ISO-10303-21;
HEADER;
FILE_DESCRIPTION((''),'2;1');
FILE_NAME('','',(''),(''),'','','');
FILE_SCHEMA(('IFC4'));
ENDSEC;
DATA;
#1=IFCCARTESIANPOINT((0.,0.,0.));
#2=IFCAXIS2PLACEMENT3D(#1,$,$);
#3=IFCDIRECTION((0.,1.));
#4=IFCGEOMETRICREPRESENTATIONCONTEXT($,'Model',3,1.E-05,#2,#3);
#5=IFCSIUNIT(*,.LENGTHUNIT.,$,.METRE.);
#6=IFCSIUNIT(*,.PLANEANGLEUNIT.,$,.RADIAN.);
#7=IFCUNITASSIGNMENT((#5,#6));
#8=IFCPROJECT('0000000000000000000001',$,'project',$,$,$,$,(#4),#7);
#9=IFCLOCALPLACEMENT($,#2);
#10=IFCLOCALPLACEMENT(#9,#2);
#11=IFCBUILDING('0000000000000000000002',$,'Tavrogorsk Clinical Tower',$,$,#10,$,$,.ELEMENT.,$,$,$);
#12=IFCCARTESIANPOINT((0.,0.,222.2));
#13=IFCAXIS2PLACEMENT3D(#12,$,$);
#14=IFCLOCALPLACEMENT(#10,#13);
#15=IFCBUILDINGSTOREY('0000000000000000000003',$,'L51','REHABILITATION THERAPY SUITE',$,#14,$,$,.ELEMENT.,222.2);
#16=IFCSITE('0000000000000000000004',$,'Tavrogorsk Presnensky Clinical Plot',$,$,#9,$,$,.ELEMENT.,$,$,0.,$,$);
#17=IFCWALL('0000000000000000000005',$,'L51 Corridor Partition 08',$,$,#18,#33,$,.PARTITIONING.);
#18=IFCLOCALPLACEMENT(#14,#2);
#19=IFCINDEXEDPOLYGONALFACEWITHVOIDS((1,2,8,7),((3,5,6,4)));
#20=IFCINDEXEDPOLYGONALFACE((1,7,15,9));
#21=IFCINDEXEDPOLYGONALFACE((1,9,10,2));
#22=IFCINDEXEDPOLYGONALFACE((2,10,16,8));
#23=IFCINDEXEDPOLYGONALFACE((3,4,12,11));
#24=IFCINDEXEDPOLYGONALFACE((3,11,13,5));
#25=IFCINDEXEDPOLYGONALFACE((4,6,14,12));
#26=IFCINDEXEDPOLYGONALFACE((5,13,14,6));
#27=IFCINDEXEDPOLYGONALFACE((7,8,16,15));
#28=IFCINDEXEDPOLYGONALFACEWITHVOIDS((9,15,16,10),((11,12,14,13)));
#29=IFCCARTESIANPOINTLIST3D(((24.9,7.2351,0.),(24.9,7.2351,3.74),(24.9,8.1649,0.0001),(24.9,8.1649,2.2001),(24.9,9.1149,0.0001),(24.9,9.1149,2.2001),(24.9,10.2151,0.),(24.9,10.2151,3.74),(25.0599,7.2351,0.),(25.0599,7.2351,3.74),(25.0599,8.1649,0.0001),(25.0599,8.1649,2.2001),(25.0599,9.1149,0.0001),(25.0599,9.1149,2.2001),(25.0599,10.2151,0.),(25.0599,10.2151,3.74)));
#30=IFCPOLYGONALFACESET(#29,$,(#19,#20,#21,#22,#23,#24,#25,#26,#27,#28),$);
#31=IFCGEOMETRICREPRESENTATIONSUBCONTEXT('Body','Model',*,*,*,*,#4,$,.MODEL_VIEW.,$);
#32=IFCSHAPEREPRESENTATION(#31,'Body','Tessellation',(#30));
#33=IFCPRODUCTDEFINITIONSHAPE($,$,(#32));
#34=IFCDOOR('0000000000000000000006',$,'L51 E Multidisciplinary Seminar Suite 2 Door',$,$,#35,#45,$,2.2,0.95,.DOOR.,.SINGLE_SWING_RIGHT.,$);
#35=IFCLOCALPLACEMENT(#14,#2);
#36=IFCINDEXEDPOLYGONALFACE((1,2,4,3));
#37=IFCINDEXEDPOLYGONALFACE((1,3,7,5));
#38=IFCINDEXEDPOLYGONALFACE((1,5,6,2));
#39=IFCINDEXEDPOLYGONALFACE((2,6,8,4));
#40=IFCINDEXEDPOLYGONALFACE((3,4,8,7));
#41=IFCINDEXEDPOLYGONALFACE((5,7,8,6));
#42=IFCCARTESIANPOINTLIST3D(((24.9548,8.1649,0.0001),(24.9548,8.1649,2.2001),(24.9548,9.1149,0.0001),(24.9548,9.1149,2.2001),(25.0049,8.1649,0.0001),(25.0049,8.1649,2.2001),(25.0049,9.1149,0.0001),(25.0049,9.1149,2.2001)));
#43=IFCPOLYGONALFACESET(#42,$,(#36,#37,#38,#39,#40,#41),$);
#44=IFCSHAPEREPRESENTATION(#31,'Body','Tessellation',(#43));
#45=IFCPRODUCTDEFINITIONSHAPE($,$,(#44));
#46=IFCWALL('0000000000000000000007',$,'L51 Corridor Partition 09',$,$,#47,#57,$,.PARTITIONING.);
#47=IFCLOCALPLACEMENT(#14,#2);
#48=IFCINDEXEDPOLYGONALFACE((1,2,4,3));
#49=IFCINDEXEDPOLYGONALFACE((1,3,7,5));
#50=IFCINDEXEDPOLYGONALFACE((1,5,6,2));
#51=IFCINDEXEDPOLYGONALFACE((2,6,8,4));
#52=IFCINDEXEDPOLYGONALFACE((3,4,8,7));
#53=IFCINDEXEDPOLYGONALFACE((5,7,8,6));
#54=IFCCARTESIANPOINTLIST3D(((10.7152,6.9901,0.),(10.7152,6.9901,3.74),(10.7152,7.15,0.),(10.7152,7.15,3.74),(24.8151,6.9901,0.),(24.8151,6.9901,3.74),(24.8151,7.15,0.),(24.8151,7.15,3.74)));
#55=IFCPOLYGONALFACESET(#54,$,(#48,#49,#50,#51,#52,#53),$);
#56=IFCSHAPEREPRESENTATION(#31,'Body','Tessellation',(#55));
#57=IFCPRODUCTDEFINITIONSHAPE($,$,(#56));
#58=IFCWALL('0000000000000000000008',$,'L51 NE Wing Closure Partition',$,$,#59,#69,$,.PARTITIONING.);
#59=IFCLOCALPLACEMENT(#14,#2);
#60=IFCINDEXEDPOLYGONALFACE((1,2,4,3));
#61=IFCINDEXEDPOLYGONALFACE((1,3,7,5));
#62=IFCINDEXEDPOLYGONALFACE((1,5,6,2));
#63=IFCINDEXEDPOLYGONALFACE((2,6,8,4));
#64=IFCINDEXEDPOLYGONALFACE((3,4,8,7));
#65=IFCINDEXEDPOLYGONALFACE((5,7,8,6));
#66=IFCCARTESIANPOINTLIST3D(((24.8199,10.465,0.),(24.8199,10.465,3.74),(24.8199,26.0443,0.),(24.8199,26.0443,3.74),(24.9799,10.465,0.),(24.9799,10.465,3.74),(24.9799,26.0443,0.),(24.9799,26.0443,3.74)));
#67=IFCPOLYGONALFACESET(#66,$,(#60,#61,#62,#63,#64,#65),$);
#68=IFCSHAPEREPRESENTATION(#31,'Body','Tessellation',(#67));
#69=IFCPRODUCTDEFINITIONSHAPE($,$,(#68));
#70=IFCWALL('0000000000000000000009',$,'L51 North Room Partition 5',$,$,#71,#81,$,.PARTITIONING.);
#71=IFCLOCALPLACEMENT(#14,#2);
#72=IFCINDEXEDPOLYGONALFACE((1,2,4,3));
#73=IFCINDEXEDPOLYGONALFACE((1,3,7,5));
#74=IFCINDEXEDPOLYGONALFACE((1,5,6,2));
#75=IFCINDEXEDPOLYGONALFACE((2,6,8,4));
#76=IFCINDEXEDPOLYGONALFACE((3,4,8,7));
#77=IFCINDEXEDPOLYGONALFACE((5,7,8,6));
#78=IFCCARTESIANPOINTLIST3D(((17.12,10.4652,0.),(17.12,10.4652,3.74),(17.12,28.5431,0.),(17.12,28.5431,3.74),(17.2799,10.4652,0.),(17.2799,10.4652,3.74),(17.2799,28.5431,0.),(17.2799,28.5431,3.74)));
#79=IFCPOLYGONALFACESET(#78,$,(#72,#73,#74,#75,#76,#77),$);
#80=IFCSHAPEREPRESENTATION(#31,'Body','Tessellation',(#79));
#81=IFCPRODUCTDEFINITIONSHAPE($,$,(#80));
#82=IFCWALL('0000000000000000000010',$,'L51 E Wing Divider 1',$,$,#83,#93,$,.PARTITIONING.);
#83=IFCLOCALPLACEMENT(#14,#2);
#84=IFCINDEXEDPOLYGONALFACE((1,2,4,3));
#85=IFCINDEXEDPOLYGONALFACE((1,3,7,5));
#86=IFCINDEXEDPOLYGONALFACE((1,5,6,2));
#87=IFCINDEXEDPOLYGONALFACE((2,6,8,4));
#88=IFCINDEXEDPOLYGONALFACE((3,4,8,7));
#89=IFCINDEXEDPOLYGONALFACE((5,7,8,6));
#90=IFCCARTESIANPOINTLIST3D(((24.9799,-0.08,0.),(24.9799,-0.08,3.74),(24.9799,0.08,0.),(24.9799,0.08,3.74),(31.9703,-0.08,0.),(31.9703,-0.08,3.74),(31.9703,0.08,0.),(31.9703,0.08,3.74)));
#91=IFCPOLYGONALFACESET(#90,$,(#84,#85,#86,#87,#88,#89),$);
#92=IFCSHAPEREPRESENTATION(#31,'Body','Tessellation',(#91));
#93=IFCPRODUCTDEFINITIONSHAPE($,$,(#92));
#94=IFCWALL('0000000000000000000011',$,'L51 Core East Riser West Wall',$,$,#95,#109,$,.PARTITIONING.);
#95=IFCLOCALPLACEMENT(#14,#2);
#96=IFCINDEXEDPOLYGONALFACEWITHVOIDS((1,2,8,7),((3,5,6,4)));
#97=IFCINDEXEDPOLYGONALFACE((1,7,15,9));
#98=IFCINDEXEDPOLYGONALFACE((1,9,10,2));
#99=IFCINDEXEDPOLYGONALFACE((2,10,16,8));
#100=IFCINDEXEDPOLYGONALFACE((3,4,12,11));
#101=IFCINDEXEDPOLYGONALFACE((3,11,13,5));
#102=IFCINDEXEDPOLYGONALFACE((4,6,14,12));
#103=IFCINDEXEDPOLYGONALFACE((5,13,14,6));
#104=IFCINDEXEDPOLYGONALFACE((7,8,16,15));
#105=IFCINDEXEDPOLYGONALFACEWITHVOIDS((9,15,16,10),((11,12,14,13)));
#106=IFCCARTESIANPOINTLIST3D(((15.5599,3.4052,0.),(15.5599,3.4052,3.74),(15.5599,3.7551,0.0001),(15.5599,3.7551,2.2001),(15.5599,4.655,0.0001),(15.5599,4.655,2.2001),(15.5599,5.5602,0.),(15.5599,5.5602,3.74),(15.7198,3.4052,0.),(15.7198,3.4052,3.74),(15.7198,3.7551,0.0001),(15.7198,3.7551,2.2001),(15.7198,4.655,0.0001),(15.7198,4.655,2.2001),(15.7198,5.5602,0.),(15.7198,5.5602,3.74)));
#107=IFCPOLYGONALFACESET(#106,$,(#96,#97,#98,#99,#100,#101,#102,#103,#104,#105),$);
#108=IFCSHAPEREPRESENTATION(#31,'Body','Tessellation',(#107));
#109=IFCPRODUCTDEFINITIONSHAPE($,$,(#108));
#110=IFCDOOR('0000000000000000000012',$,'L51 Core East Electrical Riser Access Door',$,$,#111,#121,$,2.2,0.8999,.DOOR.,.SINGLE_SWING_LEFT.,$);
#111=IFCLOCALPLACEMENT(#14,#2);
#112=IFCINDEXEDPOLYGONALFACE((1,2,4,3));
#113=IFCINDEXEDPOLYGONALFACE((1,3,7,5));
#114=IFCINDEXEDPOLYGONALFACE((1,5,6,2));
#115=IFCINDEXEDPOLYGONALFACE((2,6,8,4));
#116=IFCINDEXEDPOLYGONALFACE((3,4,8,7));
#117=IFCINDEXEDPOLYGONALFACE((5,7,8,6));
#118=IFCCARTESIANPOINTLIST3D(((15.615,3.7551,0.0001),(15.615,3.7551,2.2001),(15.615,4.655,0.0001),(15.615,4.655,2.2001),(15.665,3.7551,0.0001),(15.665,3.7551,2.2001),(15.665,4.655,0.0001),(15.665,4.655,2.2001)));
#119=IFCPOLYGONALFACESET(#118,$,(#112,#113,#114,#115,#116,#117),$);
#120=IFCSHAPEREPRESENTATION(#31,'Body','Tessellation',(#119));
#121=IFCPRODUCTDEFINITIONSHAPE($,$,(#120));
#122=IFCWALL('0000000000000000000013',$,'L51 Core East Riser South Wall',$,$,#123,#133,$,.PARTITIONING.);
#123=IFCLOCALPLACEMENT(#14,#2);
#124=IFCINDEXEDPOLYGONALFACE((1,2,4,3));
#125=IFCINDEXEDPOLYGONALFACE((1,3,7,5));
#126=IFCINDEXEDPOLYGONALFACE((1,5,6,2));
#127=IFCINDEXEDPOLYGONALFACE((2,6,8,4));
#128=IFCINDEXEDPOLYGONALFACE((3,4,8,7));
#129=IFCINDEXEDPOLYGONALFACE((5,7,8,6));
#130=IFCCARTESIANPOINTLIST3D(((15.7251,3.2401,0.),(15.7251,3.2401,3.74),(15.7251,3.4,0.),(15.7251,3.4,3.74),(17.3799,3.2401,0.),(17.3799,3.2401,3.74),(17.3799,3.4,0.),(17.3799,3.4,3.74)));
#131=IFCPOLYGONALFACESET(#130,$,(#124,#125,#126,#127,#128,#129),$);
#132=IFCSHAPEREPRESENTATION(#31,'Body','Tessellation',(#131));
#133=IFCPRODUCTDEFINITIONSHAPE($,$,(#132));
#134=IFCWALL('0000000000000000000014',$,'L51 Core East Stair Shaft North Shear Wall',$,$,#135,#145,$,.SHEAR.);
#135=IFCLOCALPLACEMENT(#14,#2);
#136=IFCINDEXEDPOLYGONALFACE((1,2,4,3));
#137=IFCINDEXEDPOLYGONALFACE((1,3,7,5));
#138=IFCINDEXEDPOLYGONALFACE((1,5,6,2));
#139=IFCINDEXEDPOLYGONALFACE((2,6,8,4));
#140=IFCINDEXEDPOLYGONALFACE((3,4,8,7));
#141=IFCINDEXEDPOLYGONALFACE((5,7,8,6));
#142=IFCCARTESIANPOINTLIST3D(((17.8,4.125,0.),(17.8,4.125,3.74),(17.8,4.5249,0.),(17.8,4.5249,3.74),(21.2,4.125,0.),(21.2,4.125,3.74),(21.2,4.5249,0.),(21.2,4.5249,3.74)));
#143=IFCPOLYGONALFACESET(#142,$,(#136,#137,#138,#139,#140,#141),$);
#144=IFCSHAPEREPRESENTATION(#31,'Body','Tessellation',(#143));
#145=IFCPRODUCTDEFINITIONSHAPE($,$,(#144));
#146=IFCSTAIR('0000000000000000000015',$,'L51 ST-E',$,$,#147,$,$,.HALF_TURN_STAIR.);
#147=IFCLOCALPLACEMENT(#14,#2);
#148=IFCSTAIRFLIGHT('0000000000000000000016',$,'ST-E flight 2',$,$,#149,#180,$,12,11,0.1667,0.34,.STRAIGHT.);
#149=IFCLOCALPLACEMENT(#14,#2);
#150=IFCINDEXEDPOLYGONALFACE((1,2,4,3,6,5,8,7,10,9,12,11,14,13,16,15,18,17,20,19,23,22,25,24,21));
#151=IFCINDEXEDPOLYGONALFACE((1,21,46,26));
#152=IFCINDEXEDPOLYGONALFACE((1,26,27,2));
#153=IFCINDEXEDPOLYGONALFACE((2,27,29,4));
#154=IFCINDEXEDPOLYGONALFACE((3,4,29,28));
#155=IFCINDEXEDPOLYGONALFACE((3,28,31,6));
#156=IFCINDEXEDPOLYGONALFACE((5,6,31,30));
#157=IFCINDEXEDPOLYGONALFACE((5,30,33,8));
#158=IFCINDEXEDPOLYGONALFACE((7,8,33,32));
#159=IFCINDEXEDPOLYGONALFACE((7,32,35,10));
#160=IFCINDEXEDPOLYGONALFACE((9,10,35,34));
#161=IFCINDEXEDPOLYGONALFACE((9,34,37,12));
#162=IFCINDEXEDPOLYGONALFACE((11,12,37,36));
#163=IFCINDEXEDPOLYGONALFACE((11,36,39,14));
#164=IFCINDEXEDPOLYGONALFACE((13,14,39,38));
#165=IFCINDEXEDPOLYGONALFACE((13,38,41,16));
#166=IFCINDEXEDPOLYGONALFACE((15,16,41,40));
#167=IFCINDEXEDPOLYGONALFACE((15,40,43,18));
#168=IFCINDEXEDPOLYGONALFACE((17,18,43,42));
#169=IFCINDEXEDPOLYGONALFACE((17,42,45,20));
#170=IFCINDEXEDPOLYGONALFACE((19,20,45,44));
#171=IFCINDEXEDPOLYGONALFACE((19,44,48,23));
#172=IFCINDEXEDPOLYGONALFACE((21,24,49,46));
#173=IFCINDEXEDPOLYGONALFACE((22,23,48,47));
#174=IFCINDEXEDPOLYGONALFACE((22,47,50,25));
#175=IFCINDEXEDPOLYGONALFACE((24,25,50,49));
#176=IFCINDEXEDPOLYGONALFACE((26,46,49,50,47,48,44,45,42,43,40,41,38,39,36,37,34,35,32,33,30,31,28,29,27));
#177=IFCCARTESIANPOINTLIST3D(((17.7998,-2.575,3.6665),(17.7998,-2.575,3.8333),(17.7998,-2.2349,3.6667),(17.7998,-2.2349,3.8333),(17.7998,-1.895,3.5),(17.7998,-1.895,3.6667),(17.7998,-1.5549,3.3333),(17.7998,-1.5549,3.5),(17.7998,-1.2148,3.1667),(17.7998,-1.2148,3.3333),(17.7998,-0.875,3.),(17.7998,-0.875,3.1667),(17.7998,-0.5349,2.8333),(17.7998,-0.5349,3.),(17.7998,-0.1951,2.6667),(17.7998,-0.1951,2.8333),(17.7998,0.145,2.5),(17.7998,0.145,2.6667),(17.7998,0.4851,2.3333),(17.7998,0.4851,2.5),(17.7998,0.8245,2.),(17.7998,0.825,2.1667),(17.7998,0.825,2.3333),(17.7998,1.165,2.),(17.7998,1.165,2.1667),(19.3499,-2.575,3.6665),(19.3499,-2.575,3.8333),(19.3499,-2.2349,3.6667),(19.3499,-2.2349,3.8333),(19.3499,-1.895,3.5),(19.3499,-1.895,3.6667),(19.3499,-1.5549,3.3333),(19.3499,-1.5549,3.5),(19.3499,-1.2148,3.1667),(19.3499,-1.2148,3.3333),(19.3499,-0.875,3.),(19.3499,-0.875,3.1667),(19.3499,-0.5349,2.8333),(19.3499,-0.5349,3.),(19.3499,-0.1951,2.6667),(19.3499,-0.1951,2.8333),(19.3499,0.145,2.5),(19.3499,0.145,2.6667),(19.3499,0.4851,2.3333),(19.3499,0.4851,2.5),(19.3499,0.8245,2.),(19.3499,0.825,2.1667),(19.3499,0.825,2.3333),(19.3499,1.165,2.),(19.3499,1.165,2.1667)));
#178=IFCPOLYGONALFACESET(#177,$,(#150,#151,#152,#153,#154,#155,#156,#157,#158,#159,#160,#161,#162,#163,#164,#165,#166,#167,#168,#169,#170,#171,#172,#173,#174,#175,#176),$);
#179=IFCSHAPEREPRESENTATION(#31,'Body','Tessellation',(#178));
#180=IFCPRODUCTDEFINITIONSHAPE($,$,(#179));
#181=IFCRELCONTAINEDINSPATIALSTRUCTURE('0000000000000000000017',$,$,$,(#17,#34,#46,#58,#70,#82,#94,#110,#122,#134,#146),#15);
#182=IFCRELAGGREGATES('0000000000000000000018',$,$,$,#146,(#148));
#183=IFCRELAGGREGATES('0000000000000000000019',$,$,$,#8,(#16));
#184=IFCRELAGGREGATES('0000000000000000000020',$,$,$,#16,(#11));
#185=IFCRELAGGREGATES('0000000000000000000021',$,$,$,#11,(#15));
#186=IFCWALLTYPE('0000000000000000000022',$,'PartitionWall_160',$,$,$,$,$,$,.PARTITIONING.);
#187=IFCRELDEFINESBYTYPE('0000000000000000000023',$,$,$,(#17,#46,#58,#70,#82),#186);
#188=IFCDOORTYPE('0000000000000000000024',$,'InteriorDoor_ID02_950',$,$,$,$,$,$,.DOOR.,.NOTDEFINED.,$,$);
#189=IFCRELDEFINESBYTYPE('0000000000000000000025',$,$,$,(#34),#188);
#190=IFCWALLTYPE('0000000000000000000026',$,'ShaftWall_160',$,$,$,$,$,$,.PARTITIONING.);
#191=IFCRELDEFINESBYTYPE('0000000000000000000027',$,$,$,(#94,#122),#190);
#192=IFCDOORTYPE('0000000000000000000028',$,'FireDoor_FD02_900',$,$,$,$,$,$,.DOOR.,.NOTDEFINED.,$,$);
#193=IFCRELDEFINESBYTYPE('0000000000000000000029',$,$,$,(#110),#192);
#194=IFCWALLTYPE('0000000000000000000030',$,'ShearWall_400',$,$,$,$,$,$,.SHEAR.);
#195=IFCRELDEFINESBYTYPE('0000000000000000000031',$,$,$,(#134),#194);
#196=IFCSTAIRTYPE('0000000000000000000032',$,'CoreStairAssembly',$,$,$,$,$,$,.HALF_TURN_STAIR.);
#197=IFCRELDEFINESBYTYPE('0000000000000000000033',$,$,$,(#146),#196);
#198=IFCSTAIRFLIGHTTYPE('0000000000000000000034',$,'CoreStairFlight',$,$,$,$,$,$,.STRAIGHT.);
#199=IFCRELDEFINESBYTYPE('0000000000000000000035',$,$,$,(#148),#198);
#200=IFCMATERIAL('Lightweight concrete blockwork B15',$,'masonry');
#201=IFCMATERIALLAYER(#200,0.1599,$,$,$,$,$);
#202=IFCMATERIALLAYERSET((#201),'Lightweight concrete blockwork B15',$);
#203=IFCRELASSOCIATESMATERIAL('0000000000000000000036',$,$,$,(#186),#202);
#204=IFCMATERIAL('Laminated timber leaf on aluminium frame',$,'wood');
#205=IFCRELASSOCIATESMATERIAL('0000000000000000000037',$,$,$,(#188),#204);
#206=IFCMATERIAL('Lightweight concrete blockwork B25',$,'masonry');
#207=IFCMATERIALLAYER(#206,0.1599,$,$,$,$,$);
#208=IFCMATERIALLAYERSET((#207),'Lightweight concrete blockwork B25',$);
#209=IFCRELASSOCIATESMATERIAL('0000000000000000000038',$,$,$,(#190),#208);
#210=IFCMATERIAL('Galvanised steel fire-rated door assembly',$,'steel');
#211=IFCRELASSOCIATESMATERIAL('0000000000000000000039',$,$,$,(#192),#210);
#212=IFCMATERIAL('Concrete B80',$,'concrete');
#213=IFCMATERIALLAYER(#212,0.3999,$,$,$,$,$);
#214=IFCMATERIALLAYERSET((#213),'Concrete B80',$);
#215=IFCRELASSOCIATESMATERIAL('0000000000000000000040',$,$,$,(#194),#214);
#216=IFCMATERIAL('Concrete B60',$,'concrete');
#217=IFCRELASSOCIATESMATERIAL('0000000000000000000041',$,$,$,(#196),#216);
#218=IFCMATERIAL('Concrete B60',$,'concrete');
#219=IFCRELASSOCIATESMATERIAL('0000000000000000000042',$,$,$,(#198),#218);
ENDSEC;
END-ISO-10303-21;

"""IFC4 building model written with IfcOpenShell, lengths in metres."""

from ifc_helpers import new_model, si_unit, direction, frame, frame_2d, origin, place, context, subcontext, project, spatial, polyline, rectangle, outline, extrude, material, layer, layer_set, type_object, element, fill, aggregate, save


model = new_model("IFC4")

# Units and contexts
model_context = context("Model", 3, precision=1e-05, world=origin(), true_north=direction((0.0, 1.0)))
body_context = subcontext(model_context, "Body", "Model", "MODEL_VIEW")
ifc_project = project(units=[si_unit("LENGTHUNIT", "METRE"), si_unit("PLANEANGLEUNIT", "RADIAN")], contexts=[model_context])

# Site, building, storey
site_placement = place(None, origin())
site = spatial("IfcSite", under=ifc_project, at=site_placement, Name="Tavrogorsk Presnensky Clinical Plot", CompositionType="ELEMENT", RefElevation=0.0)
building_placement = place(site_placement, origin())
building = spatial("IfcBuilding", under=site, at=building_placement, Name="Tavrogorsk Clinical Tower", CompositionType="ELEMENT")
storey_placement = place(building_placement, frame((0.0, 0.0, 222.2)))
storey = spatial("IfcBuildingStorey", under=building, at=storey_placement, Name="L51", Description="REHABILITATION THERAPY SUITE", CompositionType="ELEMENT", Elevation=222.2)

# Wall, opening, door
ifc_material_1 = material(Name="Lightweight concrete blockwork B15", Category="masonry")
ifc_layer_1 = layer(ifc_material_1, 0.1599)
ifc_layer_set_1 = layer_set([ifc_layer_1], Name="Lightweight concrete blockwork B15")
wall_type_1 = type_object("IfcWallType", Name="PartitionWall_160", PredefinedType="PARTITIONING", material=ifc_layer_set_1)
wall_1_placement = place(storey_placement, frame((24.98, 10.2151, 0.0), z_axis=(0.0, 0.0, 1.0), x_axis=(0.0, -1.0, 0.0)))
wall_1 = element("IfcWall", 1, at=wall_1_placement, inside=storey, type_object=wall_type_1, Name="L51 Corridor Partition 08", PredefinedType="PARTITIONING", context=body_context, shape_type="SweptSolid", body=[
    extrude(rectangle(XDim=2.98, YDim=0.1599, at=frame_2d((1.49, 0.0))), origin(), (0.0, 0.0, 1.0), 3.74),
])
opening_1_placement = place(wall_1_placement, frame((1.1001, 0.0, 0.0)))
opening_1 = element("IfcOpeningElement", 2, at=opening_1_placement, cuts=wall_1, PredefinedType="OPENING", context=body_context, shape_type="SweptSolid", body=[
    extrude(rectangle(XDim=0.95, YDim=2.2, at=frame_2d((0.4751, 1.1001))), frame((0.0, 0.0898, 0.0), z_axis=(0.0, -1.0, 0.0), x_axis=(1.0, 0.0, 0.0)), (0.0, 0.0, 1.0), 0.1799),
])
ifc_material_2 = material(Name="Laminated timber leaf on aluminium frame", Category="wood")
door_type_1 = type_object("IfcDoorType", Name="InteriorDoor_ID02_950", OperationType="NOTDEFINED", PredefinedType="DOOR", material=ifc_material_2)
door_1_placement = place(opening_1_placement, origin())
door_1 = element("IfcDoor", 3, at=door_1_placement, inside=storey, type_object=door_type_1, Name="L51 E Multidisciplinary Seminar Suite 2 Door", OperationType="SINGLE_SWING_RIGHT", OverallHeight=2.2, OverallWidth=0.95, PredefinedType="DOOR", context=body_context, shape_type="SweptSolid", body=[
    extrude(rectangle(XDim=0.95, YDim=2.2, at=frame_2d((0.4751, 1.1001))), frame((0.0, 0.0249, 0.0), z_axis=(0.0, -1.0, 0.0), x_axis=(1.0, 0.0, 0.0)), (0.0, 0.0, 1.0), 0.05),
])
fill(opening_1, door_1)

# Walls
wall_2_placement = place(storey_placement, frame((24.8149, 7.0701, 0.0), z_axis=(0.0, 0.0, 1.0), x_axis=(-1.0, 0.0, 0.0)))
element("IfcWall", 4, at=wall_2_placement, inside=storey, type_object=wall_type_1, Name="L51 Corridor Partition 09", PredefinedType="PARTITIONING", context=body_context, shape_type="SweptSolid", body=[
    extrude(rectangle(XDim=14.0999, YDim=0.1599, at=frame_2d((7.0498, 0.0))), origin(), (0.0, 0.0, 1.0), 3.74),
])
wall_3_placement = place(storey_placement, frame((24.8999, 10.4651, 0.0), z_axis=(0.0, 0.0, 1.0), x_axis=(0.0, 1.0, 0.0)))
element("IfcWall", 5, at=wall_3_placement, inside=storey, type_object=wall_type_1, Name="L51 NE Wing Closure Partition", PredefinedType="PARTITIONING", context=body_context, shape_type="SweptSolid", body=[
    extrude(rectangle(XDim=15.5793, YDim=0.1599, at=frame_2d((7.7896, 0.0))), origin(), (0.0, 0.0, 1.0), 3.74),
])
wall_4_placement = place(storey_placement, frame((17.2, 10.4651, 0.0), z_axis=(0.0, 0.0, 1.0), x_axis=(0.0, 1.0, 0.0)))
element("IfcWall", 6, at=wall_4_placement, inside=storey, type_object=wall_type_1, Name="L51 North Room Partition 5", PredefinedType="PARTITIONING", context=body_context, shape_type="SweptSolid", body=[
    extrude(rectangle(XDim=18.0779, YDim=0.1599, at=frame_2d((9.0391, 0.0))), origin(), (0.0, 0.0, 1.0), 3.74),
])
wall_5_placement = place(storey_placement, frame((24.98, 0.0, 0.0), z_axis=(0.0, 0.0, 1.0), x_axis=(1.0, 0.0, 0.0)))
element("IfcWall", 7, at=wall_5_placement, inside=storey, type_object=wall_type_1, Name="L51 E Wing Divider 1", PredefinedType="PARTITIONING", context=body_context, shape_type="SweptSolid", body=[
    extrude(rectangle(XDim=6.9905, YDim=0.1599, at=frame_2d((3.4951, 0.0))), origin(), (0.0, 0.0, 1.0), 3.74),
])

# Wall, opening, door
ifc_material_3 = material(Name="Lightweight concrete blockwork B25", Category="masonry")
ifc_layer_2 = layer(ifc_material_3, 0.1599)
ifc_layer_set_2 = layer_set([ifc_layer_2], Name="Lightweight concrete blockwork B25")
wall_type_2 = type_object("IfcWallType", Name="ShaftWall_160", PredefinedType="PARTITIONING", material=ifc_layer_set_2)
wall_6_placement = place(storey_placement, frame((15.6399, 3.405, 0.0), z_axis=(0.0, 0.0, 1.0), x_axis=(0.0, 1.0, 0.0)))
wall_6 = element("IfcWall", 8, at=wall_6_placement, inside=storey, type_object=wall_type_2, Name="L51 Core East Riser West Wall", PredefinedType="PARTITIONING", context=body_context, shape_type="SweptSolid", body=[
    extrude(rectangle(XDim=2.155, YDim=0.1599, at=frame_2d((1.0776, 0.0))), origin(), (0.0, 0.0, 1.0), 3.74),
])
opening_2_placement = place(wall_6_placement, frame((0.3501, 0.0, 0.0)))
opening_2 = element("IfcOpeningElement", 9, at=opening_2_placement, cuts=wall_6, PredefinedType="OPENING", context=body_context, shape_type="SweptSolid", body=[
    extrude(rectangle(XDim=0.8999, YDim=2.2, at=frame_2d((0.45, 1.1001))), frame((0.0, 0.0898, 0.0), z_axis=(0.0, -1.0, 0.0), x_axis=(1.0, 0.0, 0.0)), (0.0, 0.0, 1.0), 0.1799),
])
ifc_material_4 = material(Name="Galvanised steel fire-rated door assembly", Category="steel")
door_type_2 = type_object("IfcDoorType", Name="FireDoor_FD02_900", OperationType="NOTDEFINED", PredefinedType="DOOR", material=ifc_material_4)
door_2_placement = place(opening_2_placement, origin())
door_2 = element("IfcDoor", 10, at=door_2_placement, inside=storey, type_object=door_type_2, Name="L51 Core East Electrical Riser Access Door", OperationType="SINGLE_SWING_LEFT", OverallHeight=2.2, OverallWidth=0.8999, PredefinedType="DOOR", context=body_context, shape_type="SweptSolid", body=[
    extrude(rectangle(XDim=0.8999, YDim=2.2, at=frame_2d((0.45, 1.1001))), frame((0.0, 0.0249, 0.0), z_axis=(0.0, -1.0, 0.0), x_axis=(1.0, 0.0, 0.0)), (0.0, 0.0, 1.0), 0.05),
])
fill(opening_2, door_2)

# Walls
wall_7_placement = place(storey_placement, frame((15.7251, 3.3201, 0.0), z_axis=(0.0, 0.0, 1.0), x_axis=(1.0, 0.0, 0.0)))
element("IfcWall", 11, at=wall_7_placement, inside=storey, type_object=wall_type_2, Name="L51 Core East Riser South Wall", PredefinedType="PARTITIONING", context=body_context, shape_type="SweptSolid", body=[
    extrude(rectangle(XDim=1.6548, YDim=0.1599, at=frame_2d((0.8274, 0.0))), origin(), (0.0, 0.0, 1.0), 3.74),
])
ifc_material_5 = material(Name="Concrete B80", Category="concrete")
ifc_layer_3 = layer(ifc_material_5, 0.3999)
ifc_layer_set_3 = layer_set([ifc_layer_3], Name="Concrete B80")
wall_type_3 = type_object("IfcWallType", Name="ShearWall_400", PredefinedType="SHEAR", material=ifc_layer_set_3)
wall_8_placement = place(storey_placement, frame((17.8, 4.325, 0.0), z_axis=(0.0, 0.0, 1.0), x_axis=(1.0, 0.0, 0.0)))
element("IfcWall", 12, at=wall_8_placement, inside=storey, type_object=wall_type_3, Name="L51 Core East Stair Shaft North Shear Wall", PredefinedType="SHEAR", context=body_context, shape_type="SweptSolid", body=[
    extrude(rectangle(XDim=3.3999, YDim=0.3999, at=frame_2d((1.7, 0.0))), origin(), (0.0, 0.0, 1.0), 3.74),
])

# Stair, stair flight
ifc_material_6 = material(Name="Concrete B60", Category="concrete")
stair_type = type_object("IfcStairType", Name="CoreStairAssembly", PredefinedType="HALF_TURN_STAIR", material=ifc_material_6)
stair_placement = place(storey_placement, origin())
stair = element("IfcStair", 13, at=stair_placement, inside=storey, type_object=stair_type, Name="L51 ST-E", PredefinedType="HALF_TURN_STAIR")
ifc_material_7 = material(Name="Concrete B60", Category="concrete")
stair_flight_type = type_object("IfcStairFlightType", Name="CoreStairFlight", PredefinedType="STRAIGHT", material=ifc_material_7)
stair_flight_placement = place(storey_placement, frame((18.575, 1.165, 2.0), z_axis=(0.0, 0.0, 1.0), x_axis=(0.0, -1.0, 0.0)))
stair_flight = element("IfcStairFlight", 14, at=stair_flight_placement, type_object=stair_flight_type, Name="ST-E flight 2", NumberOfRisers=12, NumberOfTreads=11, PredefinedType="STRAIGHT", RiserHeight=0.1667, TreadLength=0.34, context=body_context, shape_type="SweptSolid", body=[
    extrude(outline(polyline([(0.0, 0.0), (0.0, 0.1667), (0.3401, 0.1667), (0.3401, 0.3333), (0.6799, 0.3333), (0.6799, 0.5), (1.02, 0.5), (1.02, 0.6667), (1.3601, 0.6667), (1.3601, 0.8333), (1.7, 0.8333), (1.7, 1.0), (2.04, 1.0), (2.04, 1.1667), (2.3799, 1.1667), (2.3799, 1.3333), (2.72, 1.3333), (2.72, 1.5), (3.0601, 1.5), (3.0601, 1.6667), (3.3999, 1.6667), (3.3999, 1.8333), (3.74, 1.8333), (3.74, 2.0), (3.74, 1.6665), (0.3406, 0.0), (0.0, 0.0)])), frame((0.0, 0.7749, 0.0), z_axis=(0.0, -1.0, 0.0), x_axis=(1.0, 0.0, 0.0)), (0.0, 0.0, 1.0), 1.55),
])
aggregate(stair, [stair_flight])

save(model, "model.ifc")
